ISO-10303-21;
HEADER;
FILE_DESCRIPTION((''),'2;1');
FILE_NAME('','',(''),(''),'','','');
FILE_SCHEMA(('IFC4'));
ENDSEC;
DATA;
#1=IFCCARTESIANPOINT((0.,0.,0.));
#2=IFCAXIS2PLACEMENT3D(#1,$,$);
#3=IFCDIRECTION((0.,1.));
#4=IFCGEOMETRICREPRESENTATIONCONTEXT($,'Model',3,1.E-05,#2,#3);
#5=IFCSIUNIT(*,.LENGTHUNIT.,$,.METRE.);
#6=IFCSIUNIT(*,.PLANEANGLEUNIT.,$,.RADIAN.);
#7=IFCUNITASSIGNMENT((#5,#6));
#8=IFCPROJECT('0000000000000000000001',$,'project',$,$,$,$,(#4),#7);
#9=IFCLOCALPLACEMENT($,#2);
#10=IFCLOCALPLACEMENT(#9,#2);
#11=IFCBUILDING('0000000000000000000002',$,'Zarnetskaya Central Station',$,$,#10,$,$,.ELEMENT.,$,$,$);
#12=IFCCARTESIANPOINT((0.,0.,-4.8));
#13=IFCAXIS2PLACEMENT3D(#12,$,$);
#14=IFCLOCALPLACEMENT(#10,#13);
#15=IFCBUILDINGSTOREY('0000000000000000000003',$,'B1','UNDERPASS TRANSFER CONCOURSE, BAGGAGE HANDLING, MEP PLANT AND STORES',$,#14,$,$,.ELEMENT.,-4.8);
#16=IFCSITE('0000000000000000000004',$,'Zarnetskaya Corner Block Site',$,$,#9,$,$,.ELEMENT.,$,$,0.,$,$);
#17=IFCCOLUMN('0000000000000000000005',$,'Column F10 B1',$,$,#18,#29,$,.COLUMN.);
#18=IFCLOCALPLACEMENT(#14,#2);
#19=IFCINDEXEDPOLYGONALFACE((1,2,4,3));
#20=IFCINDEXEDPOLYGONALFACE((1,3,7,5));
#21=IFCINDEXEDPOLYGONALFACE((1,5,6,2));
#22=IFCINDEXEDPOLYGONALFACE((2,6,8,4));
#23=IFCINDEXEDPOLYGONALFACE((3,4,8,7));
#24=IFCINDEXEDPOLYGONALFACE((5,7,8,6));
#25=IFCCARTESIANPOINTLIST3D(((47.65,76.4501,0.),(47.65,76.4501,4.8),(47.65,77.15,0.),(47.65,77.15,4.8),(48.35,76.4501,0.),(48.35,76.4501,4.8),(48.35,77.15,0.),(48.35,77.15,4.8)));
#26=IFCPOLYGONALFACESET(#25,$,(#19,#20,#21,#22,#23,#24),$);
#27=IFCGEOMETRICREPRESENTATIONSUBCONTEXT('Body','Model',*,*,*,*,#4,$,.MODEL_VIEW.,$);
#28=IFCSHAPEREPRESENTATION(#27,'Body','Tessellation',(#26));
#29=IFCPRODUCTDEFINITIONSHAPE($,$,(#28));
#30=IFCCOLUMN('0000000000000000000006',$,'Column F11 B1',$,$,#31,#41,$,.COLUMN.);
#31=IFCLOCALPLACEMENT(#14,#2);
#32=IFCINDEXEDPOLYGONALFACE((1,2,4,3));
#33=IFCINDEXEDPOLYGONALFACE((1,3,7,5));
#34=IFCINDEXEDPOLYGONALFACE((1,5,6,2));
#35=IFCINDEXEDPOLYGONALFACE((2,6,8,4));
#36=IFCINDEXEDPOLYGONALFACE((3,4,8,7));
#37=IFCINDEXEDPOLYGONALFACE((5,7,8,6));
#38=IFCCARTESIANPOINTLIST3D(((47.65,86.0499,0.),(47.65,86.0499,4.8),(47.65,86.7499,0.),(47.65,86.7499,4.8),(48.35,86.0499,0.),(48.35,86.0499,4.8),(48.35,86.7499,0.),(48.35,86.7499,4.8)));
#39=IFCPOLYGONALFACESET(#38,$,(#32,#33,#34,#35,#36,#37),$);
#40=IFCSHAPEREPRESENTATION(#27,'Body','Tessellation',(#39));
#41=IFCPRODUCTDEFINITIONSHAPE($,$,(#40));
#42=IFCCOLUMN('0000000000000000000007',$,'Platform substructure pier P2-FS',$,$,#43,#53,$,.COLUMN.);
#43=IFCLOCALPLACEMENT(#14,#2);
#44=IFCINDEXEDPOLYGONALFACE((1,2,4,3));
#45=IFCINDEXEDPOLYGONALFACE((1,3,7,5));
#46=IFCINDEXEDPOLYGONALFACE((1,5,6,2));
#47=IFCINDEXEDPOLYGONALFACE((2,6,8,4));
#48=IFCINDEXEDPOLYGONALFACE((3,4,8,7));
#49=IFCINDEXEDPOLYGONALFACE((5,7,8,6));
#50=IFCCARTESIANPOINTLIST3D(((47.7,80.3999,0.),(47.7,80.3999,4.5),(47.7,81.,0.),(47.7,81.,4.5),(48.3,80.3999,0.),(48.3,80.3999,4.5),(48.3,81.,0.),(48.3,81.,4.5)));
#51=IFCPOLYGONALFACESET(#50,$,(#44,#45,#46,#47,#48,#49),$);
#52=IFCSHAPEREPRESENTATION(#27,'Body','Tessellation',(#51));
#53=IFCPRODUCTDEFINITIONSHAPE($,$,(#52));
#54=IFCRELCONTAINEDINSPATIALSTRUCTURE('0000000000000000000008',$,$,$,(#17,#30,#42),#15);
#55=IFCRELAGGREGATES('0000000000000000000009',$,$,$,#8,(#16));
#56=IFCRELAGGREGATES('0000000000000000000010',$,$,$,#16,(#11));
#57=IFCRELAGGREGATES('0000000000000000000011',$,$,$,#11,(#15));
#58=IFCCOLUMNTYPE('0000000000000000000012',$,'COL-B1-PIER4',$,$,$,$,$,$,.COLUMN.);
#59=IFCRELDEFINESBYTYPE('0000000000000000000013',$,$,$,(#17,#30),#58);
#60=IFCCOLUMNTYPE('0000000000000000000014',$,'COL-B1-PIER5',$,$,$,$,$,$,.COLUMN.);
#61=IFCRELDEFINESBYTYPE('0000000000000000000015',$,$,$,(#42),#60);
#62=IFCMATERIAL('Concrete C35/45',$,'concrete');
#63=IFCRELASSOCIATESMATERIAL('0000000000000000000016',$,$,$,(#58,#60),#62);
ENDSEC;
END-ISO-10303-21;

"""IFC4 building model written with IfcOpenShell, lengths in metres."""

from ifc_helpers import new_model, si_unit, direction, frame, origin, origin_2d, place, context, subcontext, project, spatial, rectangle, extrude, material, material_profile, profile_set, type_object, element, save


model = new_model("IFC4")

# Units and contexts
model_context = context("Model", 3, precision=1e-05, world=origin(), true_north=direction((0.0, 1.0)))
body_context = subcontext(model_context, "Body", "Model", "MODEL_VIEW")
ifc_project = project(units=[si_unit("LENGTHUNIT", "METRE"), si_unit("PLANEANGLEUNIT", "RADIAN")], contexts=[model_context])

# Site, building, storey
site_placement = place(None, origin())
site = spatial("IfcSite", under=ifc_project, at=site_placement, Name="Zarnetskaya Corner Block Site", CompositionType="ELEMENT", RefElevation=0.0)
building_placement = place(site_placement, origin())
building = spatial("IfcBuilding", under=site, at=building_placement, Name="Zarnetskaya Central Station", CompositionType="ELEMENT")
storey_placement = place(building_placement, frame((0.0, 0.0, -4.8)))
storey = spatial("IfcBuildingStorey", under=building, at=storey_placement, Name="B1", Description="UNDERPASS TRANSFER CONCOURSE, BAGGAGE HANDLING, MEP PLANT AND STORES", CompositionType="ELEMENT", Elevation=-4.8)

# Shared definitions
ifc_material = material(Name="Concrete C35/45", Category="concrete")

# Columns
ifc_material_profile_1 = material_profile(ifc_material, rectangle(XDim=0.7, YDim=0.7, at=origin_2d()), Name="RC 700x700")
ifc_profile_set_1 = profile_set([ifc_material_profile_1], Name="Concrete C35/45")
column_type_1 = type_object("IfcColumnType", Name="COL-B1-PIER4", PredefinedType="COLUMN", material=ifc_profile_set_1)
for number, where, z_axis, x_axis, name in (
    (1, (48.0, 76.8, 0.0), (0.0, 0.0, 1.0), (1.0, 0.0, 0.0), "Column F10 B1"),
    (2, (48.0, 86.3999, 0.0), (0.0, 0.0, 1.0), (1.0, 0.0, 0.0), "Column F11 B1"),
):
    element("IfcColumn", number, at=place(storey_placement, frame(where, z_axis=z_axis, x_axis=x_axis)), inside=storey, type_object=column_type_1, Name=name, PredefinedType="COLUMN", context=body_context, shape_type="SweptSolid", body=[
        extrude(rectangle(XDim=0.7, YDim=0.7, at=origin_2d()), origin(), (0.0, 0.0, 1.0), 4.8),
    ])
ifc_material_profile_2 = material_profile(ifc_material, rectangle(XDim=0.6001, YDim=0.6001, at=origin_2d()), Name="RC 600x600")
ifc_profile_set_2 = profile_set([ifc_material_profile_2], Name="Concrete C35/45")
column_type_2 = type_object("IfcColumnType", Name="COL-B1-PIER5", PredefinedType="COLUMN", material=ifc_profile_set_2)
column_placement = place(storey_placement, frame((48.0, 80.7, 0.0), z_axis=(0.0, 0.0, 1.0), x_axis=(1.0, 0.0, 0.0)))
element("IfcColumn", 3, at=column_placement, inside=storey, type_object=column_type_2, Name="Platform substructure pier P2-FS", PredefinedType="COLUMN", context=body_context, shape_type="SweptSolid", body=[
    extrude(rectangle(XDim=0.6001, YDim=0.6001, at=origin_2d()), origin(), (0.0, 0.0, 1.0), 4.5),
])

save(model, "model.ifc")
